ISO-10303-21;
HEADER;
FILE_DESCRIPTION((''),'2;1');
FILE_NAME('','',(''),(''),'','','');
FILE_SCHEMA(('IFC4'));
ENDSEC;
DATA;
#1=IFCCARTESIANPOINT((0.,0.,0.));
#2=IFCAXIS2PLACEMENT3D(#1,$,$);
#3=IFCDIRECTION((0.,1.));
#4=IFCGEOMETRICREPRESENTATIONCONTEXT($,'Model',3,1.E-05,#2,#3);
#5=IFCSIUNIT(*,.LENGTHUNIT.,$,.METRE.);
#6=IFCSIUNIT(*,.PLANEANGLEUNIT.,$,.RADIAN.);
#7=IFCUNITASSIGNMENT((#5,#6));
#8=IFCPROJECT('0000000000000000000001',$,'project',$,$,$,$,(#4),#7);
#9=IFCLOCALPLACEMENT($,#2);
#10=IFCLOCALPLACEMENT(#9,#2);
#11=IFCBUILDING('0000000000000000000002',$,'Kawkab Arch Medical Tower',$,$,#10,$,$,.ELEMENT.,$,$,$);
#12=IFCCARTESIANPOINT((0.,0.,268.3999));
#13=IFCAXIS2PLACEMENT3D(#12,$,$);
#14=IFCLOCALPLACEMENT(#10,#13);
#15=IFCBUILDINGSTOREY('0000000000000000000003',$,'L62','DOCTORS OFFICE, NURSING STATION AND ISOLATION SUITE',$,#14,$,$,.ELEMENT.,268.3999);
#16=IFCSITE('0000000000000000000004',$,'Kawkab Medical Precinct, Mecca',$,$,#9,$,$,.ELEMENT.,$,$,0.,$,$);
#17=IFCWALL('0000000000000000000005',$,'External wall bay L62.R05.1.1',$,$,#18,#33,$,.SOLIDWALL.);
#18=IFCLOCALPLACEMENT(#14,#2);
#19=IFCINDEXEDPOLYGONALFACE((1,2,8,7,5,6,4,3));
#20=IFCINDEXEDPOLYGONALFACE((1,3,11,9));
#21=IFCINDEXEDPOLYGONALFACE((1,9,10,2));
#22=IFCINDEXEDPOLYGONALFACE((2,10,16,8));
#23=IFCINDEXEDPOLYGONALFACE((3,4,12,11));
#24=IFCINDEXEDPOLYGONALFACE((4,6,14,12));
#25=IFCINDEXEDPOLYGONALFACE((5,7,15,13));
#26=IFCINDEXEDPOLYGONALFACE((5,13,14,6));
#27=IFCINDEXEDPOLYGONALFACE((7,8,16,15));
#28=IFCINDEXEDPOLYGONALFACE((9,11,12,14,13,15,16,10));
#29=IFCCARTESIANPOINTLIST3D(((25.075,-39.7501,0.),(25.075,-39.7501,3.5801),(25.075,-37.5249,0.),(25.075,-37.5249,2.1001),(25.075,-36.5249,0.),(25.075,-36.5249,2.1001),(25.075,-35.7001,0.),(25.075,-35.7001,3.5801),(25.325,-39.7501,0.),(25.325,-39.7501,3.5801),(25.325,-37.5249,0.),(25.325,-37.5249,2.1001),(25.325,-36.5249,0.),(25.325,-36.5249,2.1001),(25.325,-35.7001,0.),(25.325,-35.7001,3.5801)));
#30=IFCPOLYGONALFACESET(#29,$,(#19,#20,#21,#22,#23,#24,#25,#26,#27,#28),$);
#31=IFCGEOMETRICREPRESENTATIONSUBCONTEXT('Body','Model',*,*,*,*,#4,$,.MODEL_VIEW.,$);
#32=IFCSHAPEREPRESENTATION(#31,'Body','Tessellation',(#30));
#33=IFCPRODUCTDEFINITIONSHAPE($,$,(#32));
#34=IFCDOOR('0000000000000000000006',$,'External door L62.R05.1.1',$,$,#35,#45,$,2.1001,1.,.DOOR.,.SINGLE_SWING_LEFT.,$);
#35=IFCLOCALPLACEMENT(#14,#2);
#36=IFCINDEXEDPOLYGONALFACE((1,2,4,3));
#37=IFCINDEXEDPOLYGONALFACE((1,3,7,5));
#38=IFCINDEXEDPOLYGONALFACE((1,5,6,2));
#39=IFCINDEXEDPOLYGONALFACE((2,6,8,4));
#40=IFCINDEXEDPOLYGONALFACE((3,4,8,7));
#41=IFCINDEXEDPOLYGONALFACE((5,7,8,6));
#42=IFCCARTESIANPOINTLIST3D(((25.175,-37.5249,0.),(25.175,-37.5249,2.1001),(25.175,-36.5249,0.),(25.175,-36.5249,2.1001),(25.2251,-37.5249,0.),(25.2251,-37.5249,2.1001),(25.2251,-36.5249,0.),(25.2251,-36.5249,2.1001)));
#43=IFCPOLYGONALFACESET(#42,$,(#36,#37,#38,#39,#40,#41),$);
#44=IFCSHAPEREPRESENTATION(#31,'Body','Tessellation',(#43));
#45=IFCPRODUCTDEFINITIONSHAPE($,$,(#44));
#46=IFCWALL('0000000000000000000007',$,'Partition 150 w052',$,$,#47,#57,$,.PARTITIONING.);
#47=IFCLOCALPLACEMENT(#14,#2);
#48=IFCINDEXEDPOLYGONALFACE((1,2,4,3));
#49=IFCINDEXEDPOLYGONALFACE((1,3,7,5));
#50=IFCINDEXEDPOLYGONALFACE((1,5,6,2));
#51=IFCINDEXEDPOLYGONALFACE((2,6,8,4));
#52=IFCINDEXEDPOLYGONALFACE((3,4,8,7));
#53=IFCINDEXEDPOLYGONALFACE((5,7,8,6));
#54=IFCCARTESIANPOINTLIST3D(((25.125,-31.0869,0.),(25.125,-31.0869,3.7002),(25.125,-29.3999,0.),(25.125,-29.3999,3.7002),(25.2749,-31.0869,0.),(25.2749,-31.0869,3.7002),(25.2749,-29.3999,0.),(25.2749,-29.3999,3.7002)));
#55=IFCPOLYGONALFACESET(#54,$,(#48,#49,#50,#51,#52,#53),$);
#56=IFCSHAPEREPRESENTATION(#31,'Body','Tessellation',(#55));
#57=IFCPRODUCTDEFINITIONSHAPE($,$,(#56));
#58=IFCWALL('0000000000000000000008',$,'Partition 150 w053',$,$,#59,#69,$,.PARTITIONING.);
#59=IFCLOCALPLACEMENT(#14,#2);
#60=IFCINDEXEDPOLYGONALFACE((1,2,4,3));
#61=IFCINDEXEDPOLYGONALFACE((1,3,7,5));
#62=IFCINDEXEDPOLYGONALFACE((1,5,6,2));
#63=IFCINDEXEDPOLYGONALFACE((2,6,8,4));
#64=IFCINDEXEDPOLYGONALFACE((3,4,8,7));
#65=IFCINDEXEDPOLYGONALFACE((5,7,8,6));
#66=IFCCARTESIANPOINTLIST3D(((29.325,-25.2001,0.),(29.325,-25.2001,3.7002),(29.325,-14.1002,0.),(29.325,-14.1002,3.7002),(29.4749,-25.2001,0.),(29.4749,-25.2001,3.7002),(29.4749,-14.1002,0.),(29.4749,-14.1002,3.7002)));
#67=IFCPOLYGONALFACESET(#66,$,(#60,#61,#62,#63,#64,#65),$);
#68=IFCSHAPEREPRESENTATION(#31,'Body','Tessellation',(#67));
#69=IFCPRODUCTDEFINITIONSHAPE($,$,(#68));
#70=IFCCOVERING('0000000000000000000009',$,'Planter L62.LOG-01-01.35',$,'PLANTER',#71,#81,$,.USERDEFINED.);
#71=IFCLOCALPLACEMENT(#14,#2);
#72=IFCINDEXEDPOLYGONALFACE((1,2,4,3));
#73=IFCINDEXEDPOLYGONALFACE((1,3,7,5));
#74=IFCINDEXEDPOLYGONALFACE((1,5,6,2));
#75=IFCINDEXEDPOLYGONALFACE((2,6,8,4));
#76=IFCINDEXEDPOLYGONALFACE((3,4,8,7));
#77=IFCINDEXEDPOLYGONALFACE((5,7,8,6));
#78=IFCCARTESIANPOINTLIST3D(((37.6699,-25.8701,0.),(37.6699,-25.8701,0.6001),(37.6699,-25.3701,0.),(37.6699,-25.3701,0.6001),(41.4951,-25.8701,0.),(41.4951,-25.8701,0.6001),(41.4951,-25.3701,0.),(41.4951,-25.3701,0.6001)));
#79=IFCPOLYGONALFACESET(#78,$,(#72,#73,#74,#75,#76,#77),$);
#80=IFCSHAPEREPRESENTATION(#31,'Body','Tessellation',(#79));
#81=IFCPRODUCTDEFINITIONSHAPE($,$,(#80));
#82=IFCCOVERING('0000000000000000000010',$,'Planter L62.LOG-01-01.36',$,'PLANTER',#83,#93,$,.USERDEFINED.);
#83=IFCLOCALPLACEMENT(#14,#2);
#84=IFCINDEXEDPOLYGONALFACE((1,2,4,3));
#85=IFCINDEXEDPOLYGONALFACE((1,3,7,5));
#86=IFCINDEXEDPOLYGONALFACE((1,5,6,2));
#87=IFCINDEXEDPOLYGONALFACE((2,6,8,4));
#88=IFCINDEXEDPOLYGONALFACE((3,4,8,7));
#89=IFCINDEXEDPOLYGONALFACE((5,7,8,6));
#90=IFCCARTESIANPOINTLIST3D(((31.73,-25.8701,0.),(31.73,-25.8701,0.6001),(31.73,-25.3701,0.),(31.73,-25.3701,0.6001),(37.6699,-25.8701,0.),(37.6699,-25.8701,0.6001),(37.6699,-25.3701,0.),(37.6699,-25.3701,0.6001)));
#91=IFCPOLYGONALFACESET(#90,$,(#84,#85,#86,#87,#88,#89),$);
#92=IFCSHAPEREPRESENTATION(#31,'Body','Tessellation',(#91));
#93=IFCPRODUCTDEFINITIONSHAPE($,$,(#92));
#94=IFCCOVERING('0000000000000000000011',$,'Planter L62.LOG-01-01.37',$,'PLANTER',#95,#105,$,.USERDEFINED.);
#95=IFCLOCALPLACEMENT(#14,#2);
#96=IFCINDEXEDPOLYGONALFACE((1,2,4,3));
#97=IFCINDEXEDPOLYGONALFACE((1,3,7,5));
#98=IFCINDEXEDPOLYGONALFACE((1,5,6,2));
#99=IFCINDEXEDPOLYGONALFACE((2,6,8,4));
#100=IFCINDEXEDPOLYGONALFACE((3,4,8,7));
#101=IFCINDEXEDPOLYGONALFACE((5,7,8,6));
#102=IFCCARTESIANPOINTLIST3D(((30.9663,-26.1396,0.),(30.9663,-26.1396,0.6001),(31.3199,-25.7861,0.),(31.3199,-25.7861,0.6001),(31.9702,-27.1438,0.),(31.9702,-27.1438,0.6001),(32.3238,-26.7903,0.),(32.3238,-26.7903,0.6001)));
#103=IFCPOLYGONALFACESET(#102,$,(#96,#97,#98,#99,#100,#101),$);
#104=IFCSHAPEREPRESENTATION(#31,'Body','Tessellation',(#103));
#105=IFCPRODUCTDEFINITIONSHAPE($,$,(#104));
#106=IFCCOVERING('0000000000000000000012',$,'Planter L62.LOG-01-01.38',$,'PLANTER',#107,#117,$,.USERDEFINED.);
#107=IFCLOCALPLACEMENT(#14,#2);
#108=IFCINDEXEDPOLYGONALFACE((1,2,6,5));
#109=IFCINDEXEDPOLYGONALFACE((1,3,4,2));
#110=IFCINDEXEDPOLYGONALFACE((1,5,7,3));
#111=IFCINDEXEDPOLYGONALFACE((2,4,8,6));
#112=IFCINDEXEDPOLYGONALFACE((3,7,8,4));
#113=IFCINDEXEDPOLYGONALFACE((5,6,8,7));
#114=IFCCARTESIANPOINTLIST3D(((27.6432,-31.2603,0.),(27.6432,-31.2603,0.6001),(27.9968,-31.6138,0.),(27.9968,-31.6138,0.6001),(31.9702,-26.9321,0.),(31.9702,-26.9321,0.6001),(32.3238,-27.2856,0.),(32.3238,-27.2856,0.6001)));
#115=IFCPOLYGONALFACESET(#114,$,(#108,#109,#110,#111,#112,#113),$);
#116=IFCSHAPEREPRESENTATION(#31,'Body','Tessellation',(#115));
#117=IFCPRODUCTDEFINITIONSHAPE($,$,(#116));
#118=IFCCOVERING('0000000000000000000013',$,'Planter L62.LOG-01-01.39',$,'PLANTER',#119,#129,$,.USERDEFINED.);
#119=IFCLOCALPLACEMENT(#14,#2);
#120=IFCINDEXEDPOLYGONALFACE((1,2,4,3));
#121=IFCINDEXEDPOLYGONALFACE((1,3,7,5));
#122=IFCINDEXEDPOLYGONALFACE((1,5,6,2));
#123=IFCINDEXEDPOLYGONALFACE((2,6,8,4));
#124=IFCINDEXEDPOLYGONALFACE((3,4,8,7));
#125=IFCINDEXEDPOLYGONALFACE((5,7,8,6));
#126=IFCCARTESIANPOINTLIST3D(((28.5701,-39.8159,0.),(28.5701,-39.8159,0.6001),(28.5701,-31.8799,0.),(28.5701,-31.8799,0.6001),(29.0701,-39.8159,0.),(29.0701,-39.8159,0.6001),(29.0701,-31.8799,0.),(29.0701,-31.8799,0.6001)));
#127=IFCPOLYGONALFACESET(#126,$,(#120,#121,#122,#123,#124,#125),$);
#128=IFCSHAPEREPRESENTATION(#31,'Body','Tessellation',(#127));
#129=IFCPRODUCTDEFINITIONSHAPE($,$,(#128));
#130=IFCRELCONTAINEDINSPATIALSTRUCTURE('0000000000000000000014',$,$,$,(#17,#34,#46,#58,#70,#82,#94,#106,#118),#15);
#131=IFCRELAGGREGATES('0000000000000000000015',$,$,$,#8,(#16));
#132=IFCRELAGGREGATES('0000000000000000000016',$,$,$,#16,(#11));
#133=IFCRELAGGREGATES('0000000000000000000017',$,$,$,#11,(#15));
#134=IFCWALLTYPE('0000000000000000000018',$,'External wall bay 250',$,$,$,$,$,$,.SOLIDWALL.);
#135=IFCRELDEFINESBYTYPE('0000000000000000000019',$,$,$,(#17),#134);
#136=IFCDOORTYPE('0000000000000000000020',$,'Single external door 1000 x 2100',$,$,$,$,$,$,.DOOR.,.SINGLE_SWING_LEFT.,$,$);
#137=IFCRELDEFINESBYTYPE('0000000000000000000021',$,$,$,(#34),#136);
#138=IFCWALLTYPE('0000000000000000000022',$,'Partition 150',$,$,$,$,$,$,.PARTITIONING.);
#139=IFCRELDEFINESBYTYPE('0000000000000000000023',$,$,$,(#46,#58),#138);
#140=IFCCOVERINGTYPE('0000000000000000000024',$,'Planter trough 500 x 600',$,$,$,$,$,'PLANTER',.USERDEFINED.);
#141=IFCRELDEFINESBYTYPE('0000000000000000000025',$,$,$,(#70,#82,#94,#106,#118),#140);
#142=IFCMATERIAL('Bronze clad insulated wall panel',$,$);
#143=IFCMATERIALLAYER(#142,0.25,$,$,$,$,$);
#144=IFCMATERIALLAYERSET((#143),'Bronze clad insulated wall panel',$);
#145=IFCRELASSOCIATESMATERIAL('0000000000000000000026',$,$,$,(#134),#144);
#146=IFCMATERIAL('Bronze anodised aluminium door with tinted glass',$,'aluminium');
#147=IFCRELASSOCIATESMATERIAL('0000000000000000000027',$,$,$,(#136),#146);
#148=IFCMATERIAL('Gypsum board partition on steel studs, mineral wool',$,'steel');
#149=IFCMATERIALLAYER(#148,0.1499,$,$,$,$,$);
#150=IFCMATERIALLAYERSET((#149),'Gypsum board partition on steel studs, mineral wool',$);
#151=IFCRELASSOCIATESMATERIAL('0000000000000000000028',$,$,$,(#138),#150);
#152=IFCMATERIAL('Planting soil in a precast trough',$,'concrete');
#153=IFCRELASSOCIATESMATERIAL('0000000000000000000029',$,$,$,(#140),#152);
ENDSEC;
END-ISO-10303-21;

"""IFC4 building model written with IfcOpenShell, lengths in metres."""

from ifc_helpers import new_model, si_unit, direction, frame, frame_2d, origin, origin_2d, place, context, subcontext, project, spatial, rectangle, extrude, material, layer, layer_set, material_profile, profile_set, type_object, element, fill, save


model = new_model("IFC4")

# Units and contexts
model_context = context("Model", 3, precision=1e-05, world=origin(), true_north=direction((0.0, 1.0)))
body_context = subcontext(model_context, "Body", "Model", "MODEL_VIEW")
ifc_project = project(units=[si_unit("LENGTHUNIT", "METRE"), si_unit("PLANEANGLEUNIT", "RADIAN")], contexts=[model_context])

# Site, building, storey
site_placement = place(None, origin())
site = spatial("IfcSite", under=ifc_project, at=site_placement, Name="Kawkab Medical Precinct, Mecca", CompositionType="ELEMENT", RefElevation=0.0)
building_placement = place(site_placement, origin())
building = spatial("IfcBuilding", under=site, at=building_placement, Name="Kawkab Arch Medical Tower", CompositionType="ELEMENT")
storey_placement = place(building_placement, frame((0.0, 0.0, 268.3999)))
storey = spatial("IfcBuildingStorey", under=building, at=storey_placement, Name="L62", Description="DOCTORS OFFICE, NURSING STATION AND ISOLATION SUITE", CompositionType="ELEMENT", Elevation=268.3999)

# Wall, opening, door
ifc_material_1 = material(Name="Bronze clad insulated wall panel")
ifc_layer_1 = layer(ifc_material_1, 0.25)
ifc_layer_set_1 = layer_set([ifc_layer_1], Name="Bronze clad insulated wall panel")
wall_type_1 = type_object("IfcWallType", Name="External wall bay 250", PredefinedType="SOLIDWALL", material=ifc_layer_set_1)
wall_1_placement = place(storey_placement, frame((25.2, -39.75, 0.0), z_axis=(0.0, 0.0, 1.0), x_axis=(0.0, 1.0, 0.0)))
wall_1 = element("IfcWall", 1, at=wall_1_placement, inside=storey, type_object=wall_type_1, Name="External wall bay L62.R05.1.1", PredefinedType="SOLIDWALL", context=body_context, shape_type="SweptSolid", body=[
    extrude(rectangle(XDim=4.05, YDim=0.25, at=frame_2d((2.0249, 0.0))), origin(), (0.0, 0.0, 1.0), 3.5801),
])
opening_placement = place(wall_1_placement, frame((2.2251, 0.0, 0.0)))
opening = element("IfcOpeningElement", 2, at=opening_placement, cuts=wall_1, PredefinedType="OPENING", context=body_context, shape_type="SweptSolid", body=[
    extrude(rectangle(XDim=1.0, YDim=2.1001, at=frame_2d((0.5, 1.05))), frame((0.0, 0.135, 0.0), z_axis=(0.0, -1.0, 0.0), x_axis=(1.0, 0.0, 0.0)), (0.0, 0.0, 1.0), 0.27),
])
ifc_material_2 = material(Name="Bronze anodised aluminium door with tinted glass", Category="aluminium")
door_type = type_object("IfcDoorType", Name="Single external door 1000 x 2100", OperationType="SINGLE_SWING_LEFT", PredefinedType="DOOR", material=ifc_material_2)
door_placement = place(opening_placement, origin())
door = element("IfcDoor", 3, at=door_placement, inside=storey, type_object=door_type, Name="External door L62.R05.1.1", OperationType="SINGLE_SWING_LEFT", OverallHeight=2.1001, OverallWidth=1.0, PredefinedType="DOOR", context=body_context, shape_type="SweptSolid", body=[
    extrude(rectangle(XDim=1.0, YDim=2.1001, at=frame_2d((0.5, 1.05))), frame((0.0, 0.0249, 0.0), z_axis=(0.0, -1.0, 0.0), x_axis=(1.0, 0.0, 0.0)), (0.0, 0.0, 1.0), 0.05),
])
fill(opening, door)

# Walls
ifc_material_3 = material(Name="Gypsum board partition on steel studs, mineral wool", Category="steel")
ifc_layer_2 = layer(ifc_material_3, 0.1499)
ifc_layer_set_2 = layer_set([ifc_layer_2], Name="Gypsum board partition on steel studs, mineral wool")
wall_type_2 = type_object("IfcWallType", Name="Partition 150", PredefinedType="PARTITIONING", material=ifc_layer_set_2)
wall_2_placement = place(storey_placement, frame((25.2, -31.0869, 0.0), z_axis=(0.0, 0.0, 1.0), x_axis=(0.0, 1.0, 0.0)))
element("IfcWall", 4, at=wall_2_placement, inside=storey, type_object=wall_type_2, Name="Partition 150 w052", PredefinedType="PARTITIONING", context=body_context, shape_type="SweptSolid", body=[
    extrude(rectangle(XDim=1.687, YDim=0.1499, at=frame_2d((0.8435, 0.0))), origin(), (0.0, 0.0, 1.0), 3.7002),
])
wall_3_placement = place(storey_placement, frame((29.3999, -25.2, 0.0), z_axis=(0.0, 0.0, 1.0), x_axis=(0.0, 1.0, 0.0)))
element("IfcWall", 5, at=wall_3_placement, inside=storey, type_object=wall_type_2, Name="Partition 150 w053", PredefinedType="PARTITIONING", context=body_context, shape_type="SweptSolid", body=[
    extrude(rectangle(XDim=11.0999, YDim=0.1499, at=frame_2d((5.5498, 0.0))), origin(), (0.0, 0.0, 1.0), 3.7002),
])

# Coverings
ifc_material_4 = material(Name="Planting soil in a precast trough", Category="concrete")
ifc_material_profile_1 = material_profile(ifc_material_4, rectangle(XDim=0.5, YDim=0.6001, at=origin_2d()), Name="Trough 500x600")
ifc_profile_set_1 = profile_set([ifc_material_profile_1], Name="Planting soil in a precast trough")
covering_type = type_object("IfcCoveringType", Name="Planter trough 500 x 600", ElementType="PLANTER", PredefinedType="USERDEFINED", material=ifc_profile_set_1)
covering_1_placement = place(storey_placement, frame((41.4951, -25.6201, 0.3), z_axis=(-1.0, 0.0, 0.0), x_axis=(0.0, -1.0, 0.0)))
element("IfcCovering", 6, at=covering_1_placement, inside=storey, type_object=covering_type, Name="Planter L62.LOG-01-01.35", ObjectType="PLANTER", PredefinedType="USERDEFINED", context=body_context, shape_type="SweptSolid", body=[
    extrude(rectangle(XDim=0.5, YDim=0.6001, at=origin_2d()), origin(), (0.0, 0.0, 1.0), 3.8252),
])
covering_2_placement = place(storey_placement, frame((37.6699, -25.6201, 0.3), z_axis=(-1.0, 0.0, 0.0), x_axis=(0.0, -1.0, 0.0)))
element("IfcCovering", 7, at=covering_2_placement, inside=storey, type_object=covering_type, Name="Planter L62.LOG-01-01.36", ObjectType="PLANTER", PredefinedType="USERDEFINED", context=body_context, shape_type="SweptSolid", body=[
    extrude(rectangle(XDim=0.5, YDim=0.6001, at=origin_2d()), origin(), (0.0, 0.0, 1.0), 5.9399),
])
covering_3_placement = place(storey_placement, frame((31.1431, -25.9629, 0.3), z_axis=(0.707021, -0.707193, 0.0), x_axis=(0.707193, 0.707021, 0.0)))
element("IfcCovering", 8, at=covering_3_placement, inside=storey, type_object=covering_type, Name="Planter L62.LOG-01-01.37", ObjectType="PLANTER", PredefinedType="USERDEFINED", context=body_context, shape_type="SweptSolid", body=[
    extrude(rectangle(XDim=0.5, YDim=0.6001, at=origin_2d()), origin(), (0.0, 0.0, 1.0), 1.4199),
])
covering_4_placement = place(storey_placement, frame((32.147, -27.1089, 0.3), z_axis=(-0.707007, -0.707207, 0.0), x_axis=(0.707207, -0.707007, 0.0)))
element("IfcCovering", 9, at=covering_4_placement, inside=storey, type_object=covering_type, Name="Planter L62.LOG-01-01.38", ObjectType="PLANTER", PredefinedType="USERDEFINED", context=body_context, shape_type="SweptSolid", body=[
    extrude(rectangle(XDim=0.5, YDim=0.6001, at=origin_2d()), origin(), (0.0, 0.0, 1.0), 6.1201),
])
covering_5_placement = place(storey_placement, frame((28.8201, -31.8799, 0.3), z_axis=(0.0, -1.0, 0.0), x_axis=(1.0, 0.0, 0.0)))
element("IfcCovering", 10, at=covering_5_placement, inside=storey, type_object=covering_type, Name="Planter L62.LOG-01-01.39", ObjectType="PLANTER", PredefinedType="USERDEFINED", context=body_context, shape_type="SweptSolid", body=[
    extrude(rectangle(XDim=0.5, YDim=0.6001, at=origin_2d()), origin(), (0.0, 0.0, 1.0), 7.936),
])

save(model, "model.ifc")
